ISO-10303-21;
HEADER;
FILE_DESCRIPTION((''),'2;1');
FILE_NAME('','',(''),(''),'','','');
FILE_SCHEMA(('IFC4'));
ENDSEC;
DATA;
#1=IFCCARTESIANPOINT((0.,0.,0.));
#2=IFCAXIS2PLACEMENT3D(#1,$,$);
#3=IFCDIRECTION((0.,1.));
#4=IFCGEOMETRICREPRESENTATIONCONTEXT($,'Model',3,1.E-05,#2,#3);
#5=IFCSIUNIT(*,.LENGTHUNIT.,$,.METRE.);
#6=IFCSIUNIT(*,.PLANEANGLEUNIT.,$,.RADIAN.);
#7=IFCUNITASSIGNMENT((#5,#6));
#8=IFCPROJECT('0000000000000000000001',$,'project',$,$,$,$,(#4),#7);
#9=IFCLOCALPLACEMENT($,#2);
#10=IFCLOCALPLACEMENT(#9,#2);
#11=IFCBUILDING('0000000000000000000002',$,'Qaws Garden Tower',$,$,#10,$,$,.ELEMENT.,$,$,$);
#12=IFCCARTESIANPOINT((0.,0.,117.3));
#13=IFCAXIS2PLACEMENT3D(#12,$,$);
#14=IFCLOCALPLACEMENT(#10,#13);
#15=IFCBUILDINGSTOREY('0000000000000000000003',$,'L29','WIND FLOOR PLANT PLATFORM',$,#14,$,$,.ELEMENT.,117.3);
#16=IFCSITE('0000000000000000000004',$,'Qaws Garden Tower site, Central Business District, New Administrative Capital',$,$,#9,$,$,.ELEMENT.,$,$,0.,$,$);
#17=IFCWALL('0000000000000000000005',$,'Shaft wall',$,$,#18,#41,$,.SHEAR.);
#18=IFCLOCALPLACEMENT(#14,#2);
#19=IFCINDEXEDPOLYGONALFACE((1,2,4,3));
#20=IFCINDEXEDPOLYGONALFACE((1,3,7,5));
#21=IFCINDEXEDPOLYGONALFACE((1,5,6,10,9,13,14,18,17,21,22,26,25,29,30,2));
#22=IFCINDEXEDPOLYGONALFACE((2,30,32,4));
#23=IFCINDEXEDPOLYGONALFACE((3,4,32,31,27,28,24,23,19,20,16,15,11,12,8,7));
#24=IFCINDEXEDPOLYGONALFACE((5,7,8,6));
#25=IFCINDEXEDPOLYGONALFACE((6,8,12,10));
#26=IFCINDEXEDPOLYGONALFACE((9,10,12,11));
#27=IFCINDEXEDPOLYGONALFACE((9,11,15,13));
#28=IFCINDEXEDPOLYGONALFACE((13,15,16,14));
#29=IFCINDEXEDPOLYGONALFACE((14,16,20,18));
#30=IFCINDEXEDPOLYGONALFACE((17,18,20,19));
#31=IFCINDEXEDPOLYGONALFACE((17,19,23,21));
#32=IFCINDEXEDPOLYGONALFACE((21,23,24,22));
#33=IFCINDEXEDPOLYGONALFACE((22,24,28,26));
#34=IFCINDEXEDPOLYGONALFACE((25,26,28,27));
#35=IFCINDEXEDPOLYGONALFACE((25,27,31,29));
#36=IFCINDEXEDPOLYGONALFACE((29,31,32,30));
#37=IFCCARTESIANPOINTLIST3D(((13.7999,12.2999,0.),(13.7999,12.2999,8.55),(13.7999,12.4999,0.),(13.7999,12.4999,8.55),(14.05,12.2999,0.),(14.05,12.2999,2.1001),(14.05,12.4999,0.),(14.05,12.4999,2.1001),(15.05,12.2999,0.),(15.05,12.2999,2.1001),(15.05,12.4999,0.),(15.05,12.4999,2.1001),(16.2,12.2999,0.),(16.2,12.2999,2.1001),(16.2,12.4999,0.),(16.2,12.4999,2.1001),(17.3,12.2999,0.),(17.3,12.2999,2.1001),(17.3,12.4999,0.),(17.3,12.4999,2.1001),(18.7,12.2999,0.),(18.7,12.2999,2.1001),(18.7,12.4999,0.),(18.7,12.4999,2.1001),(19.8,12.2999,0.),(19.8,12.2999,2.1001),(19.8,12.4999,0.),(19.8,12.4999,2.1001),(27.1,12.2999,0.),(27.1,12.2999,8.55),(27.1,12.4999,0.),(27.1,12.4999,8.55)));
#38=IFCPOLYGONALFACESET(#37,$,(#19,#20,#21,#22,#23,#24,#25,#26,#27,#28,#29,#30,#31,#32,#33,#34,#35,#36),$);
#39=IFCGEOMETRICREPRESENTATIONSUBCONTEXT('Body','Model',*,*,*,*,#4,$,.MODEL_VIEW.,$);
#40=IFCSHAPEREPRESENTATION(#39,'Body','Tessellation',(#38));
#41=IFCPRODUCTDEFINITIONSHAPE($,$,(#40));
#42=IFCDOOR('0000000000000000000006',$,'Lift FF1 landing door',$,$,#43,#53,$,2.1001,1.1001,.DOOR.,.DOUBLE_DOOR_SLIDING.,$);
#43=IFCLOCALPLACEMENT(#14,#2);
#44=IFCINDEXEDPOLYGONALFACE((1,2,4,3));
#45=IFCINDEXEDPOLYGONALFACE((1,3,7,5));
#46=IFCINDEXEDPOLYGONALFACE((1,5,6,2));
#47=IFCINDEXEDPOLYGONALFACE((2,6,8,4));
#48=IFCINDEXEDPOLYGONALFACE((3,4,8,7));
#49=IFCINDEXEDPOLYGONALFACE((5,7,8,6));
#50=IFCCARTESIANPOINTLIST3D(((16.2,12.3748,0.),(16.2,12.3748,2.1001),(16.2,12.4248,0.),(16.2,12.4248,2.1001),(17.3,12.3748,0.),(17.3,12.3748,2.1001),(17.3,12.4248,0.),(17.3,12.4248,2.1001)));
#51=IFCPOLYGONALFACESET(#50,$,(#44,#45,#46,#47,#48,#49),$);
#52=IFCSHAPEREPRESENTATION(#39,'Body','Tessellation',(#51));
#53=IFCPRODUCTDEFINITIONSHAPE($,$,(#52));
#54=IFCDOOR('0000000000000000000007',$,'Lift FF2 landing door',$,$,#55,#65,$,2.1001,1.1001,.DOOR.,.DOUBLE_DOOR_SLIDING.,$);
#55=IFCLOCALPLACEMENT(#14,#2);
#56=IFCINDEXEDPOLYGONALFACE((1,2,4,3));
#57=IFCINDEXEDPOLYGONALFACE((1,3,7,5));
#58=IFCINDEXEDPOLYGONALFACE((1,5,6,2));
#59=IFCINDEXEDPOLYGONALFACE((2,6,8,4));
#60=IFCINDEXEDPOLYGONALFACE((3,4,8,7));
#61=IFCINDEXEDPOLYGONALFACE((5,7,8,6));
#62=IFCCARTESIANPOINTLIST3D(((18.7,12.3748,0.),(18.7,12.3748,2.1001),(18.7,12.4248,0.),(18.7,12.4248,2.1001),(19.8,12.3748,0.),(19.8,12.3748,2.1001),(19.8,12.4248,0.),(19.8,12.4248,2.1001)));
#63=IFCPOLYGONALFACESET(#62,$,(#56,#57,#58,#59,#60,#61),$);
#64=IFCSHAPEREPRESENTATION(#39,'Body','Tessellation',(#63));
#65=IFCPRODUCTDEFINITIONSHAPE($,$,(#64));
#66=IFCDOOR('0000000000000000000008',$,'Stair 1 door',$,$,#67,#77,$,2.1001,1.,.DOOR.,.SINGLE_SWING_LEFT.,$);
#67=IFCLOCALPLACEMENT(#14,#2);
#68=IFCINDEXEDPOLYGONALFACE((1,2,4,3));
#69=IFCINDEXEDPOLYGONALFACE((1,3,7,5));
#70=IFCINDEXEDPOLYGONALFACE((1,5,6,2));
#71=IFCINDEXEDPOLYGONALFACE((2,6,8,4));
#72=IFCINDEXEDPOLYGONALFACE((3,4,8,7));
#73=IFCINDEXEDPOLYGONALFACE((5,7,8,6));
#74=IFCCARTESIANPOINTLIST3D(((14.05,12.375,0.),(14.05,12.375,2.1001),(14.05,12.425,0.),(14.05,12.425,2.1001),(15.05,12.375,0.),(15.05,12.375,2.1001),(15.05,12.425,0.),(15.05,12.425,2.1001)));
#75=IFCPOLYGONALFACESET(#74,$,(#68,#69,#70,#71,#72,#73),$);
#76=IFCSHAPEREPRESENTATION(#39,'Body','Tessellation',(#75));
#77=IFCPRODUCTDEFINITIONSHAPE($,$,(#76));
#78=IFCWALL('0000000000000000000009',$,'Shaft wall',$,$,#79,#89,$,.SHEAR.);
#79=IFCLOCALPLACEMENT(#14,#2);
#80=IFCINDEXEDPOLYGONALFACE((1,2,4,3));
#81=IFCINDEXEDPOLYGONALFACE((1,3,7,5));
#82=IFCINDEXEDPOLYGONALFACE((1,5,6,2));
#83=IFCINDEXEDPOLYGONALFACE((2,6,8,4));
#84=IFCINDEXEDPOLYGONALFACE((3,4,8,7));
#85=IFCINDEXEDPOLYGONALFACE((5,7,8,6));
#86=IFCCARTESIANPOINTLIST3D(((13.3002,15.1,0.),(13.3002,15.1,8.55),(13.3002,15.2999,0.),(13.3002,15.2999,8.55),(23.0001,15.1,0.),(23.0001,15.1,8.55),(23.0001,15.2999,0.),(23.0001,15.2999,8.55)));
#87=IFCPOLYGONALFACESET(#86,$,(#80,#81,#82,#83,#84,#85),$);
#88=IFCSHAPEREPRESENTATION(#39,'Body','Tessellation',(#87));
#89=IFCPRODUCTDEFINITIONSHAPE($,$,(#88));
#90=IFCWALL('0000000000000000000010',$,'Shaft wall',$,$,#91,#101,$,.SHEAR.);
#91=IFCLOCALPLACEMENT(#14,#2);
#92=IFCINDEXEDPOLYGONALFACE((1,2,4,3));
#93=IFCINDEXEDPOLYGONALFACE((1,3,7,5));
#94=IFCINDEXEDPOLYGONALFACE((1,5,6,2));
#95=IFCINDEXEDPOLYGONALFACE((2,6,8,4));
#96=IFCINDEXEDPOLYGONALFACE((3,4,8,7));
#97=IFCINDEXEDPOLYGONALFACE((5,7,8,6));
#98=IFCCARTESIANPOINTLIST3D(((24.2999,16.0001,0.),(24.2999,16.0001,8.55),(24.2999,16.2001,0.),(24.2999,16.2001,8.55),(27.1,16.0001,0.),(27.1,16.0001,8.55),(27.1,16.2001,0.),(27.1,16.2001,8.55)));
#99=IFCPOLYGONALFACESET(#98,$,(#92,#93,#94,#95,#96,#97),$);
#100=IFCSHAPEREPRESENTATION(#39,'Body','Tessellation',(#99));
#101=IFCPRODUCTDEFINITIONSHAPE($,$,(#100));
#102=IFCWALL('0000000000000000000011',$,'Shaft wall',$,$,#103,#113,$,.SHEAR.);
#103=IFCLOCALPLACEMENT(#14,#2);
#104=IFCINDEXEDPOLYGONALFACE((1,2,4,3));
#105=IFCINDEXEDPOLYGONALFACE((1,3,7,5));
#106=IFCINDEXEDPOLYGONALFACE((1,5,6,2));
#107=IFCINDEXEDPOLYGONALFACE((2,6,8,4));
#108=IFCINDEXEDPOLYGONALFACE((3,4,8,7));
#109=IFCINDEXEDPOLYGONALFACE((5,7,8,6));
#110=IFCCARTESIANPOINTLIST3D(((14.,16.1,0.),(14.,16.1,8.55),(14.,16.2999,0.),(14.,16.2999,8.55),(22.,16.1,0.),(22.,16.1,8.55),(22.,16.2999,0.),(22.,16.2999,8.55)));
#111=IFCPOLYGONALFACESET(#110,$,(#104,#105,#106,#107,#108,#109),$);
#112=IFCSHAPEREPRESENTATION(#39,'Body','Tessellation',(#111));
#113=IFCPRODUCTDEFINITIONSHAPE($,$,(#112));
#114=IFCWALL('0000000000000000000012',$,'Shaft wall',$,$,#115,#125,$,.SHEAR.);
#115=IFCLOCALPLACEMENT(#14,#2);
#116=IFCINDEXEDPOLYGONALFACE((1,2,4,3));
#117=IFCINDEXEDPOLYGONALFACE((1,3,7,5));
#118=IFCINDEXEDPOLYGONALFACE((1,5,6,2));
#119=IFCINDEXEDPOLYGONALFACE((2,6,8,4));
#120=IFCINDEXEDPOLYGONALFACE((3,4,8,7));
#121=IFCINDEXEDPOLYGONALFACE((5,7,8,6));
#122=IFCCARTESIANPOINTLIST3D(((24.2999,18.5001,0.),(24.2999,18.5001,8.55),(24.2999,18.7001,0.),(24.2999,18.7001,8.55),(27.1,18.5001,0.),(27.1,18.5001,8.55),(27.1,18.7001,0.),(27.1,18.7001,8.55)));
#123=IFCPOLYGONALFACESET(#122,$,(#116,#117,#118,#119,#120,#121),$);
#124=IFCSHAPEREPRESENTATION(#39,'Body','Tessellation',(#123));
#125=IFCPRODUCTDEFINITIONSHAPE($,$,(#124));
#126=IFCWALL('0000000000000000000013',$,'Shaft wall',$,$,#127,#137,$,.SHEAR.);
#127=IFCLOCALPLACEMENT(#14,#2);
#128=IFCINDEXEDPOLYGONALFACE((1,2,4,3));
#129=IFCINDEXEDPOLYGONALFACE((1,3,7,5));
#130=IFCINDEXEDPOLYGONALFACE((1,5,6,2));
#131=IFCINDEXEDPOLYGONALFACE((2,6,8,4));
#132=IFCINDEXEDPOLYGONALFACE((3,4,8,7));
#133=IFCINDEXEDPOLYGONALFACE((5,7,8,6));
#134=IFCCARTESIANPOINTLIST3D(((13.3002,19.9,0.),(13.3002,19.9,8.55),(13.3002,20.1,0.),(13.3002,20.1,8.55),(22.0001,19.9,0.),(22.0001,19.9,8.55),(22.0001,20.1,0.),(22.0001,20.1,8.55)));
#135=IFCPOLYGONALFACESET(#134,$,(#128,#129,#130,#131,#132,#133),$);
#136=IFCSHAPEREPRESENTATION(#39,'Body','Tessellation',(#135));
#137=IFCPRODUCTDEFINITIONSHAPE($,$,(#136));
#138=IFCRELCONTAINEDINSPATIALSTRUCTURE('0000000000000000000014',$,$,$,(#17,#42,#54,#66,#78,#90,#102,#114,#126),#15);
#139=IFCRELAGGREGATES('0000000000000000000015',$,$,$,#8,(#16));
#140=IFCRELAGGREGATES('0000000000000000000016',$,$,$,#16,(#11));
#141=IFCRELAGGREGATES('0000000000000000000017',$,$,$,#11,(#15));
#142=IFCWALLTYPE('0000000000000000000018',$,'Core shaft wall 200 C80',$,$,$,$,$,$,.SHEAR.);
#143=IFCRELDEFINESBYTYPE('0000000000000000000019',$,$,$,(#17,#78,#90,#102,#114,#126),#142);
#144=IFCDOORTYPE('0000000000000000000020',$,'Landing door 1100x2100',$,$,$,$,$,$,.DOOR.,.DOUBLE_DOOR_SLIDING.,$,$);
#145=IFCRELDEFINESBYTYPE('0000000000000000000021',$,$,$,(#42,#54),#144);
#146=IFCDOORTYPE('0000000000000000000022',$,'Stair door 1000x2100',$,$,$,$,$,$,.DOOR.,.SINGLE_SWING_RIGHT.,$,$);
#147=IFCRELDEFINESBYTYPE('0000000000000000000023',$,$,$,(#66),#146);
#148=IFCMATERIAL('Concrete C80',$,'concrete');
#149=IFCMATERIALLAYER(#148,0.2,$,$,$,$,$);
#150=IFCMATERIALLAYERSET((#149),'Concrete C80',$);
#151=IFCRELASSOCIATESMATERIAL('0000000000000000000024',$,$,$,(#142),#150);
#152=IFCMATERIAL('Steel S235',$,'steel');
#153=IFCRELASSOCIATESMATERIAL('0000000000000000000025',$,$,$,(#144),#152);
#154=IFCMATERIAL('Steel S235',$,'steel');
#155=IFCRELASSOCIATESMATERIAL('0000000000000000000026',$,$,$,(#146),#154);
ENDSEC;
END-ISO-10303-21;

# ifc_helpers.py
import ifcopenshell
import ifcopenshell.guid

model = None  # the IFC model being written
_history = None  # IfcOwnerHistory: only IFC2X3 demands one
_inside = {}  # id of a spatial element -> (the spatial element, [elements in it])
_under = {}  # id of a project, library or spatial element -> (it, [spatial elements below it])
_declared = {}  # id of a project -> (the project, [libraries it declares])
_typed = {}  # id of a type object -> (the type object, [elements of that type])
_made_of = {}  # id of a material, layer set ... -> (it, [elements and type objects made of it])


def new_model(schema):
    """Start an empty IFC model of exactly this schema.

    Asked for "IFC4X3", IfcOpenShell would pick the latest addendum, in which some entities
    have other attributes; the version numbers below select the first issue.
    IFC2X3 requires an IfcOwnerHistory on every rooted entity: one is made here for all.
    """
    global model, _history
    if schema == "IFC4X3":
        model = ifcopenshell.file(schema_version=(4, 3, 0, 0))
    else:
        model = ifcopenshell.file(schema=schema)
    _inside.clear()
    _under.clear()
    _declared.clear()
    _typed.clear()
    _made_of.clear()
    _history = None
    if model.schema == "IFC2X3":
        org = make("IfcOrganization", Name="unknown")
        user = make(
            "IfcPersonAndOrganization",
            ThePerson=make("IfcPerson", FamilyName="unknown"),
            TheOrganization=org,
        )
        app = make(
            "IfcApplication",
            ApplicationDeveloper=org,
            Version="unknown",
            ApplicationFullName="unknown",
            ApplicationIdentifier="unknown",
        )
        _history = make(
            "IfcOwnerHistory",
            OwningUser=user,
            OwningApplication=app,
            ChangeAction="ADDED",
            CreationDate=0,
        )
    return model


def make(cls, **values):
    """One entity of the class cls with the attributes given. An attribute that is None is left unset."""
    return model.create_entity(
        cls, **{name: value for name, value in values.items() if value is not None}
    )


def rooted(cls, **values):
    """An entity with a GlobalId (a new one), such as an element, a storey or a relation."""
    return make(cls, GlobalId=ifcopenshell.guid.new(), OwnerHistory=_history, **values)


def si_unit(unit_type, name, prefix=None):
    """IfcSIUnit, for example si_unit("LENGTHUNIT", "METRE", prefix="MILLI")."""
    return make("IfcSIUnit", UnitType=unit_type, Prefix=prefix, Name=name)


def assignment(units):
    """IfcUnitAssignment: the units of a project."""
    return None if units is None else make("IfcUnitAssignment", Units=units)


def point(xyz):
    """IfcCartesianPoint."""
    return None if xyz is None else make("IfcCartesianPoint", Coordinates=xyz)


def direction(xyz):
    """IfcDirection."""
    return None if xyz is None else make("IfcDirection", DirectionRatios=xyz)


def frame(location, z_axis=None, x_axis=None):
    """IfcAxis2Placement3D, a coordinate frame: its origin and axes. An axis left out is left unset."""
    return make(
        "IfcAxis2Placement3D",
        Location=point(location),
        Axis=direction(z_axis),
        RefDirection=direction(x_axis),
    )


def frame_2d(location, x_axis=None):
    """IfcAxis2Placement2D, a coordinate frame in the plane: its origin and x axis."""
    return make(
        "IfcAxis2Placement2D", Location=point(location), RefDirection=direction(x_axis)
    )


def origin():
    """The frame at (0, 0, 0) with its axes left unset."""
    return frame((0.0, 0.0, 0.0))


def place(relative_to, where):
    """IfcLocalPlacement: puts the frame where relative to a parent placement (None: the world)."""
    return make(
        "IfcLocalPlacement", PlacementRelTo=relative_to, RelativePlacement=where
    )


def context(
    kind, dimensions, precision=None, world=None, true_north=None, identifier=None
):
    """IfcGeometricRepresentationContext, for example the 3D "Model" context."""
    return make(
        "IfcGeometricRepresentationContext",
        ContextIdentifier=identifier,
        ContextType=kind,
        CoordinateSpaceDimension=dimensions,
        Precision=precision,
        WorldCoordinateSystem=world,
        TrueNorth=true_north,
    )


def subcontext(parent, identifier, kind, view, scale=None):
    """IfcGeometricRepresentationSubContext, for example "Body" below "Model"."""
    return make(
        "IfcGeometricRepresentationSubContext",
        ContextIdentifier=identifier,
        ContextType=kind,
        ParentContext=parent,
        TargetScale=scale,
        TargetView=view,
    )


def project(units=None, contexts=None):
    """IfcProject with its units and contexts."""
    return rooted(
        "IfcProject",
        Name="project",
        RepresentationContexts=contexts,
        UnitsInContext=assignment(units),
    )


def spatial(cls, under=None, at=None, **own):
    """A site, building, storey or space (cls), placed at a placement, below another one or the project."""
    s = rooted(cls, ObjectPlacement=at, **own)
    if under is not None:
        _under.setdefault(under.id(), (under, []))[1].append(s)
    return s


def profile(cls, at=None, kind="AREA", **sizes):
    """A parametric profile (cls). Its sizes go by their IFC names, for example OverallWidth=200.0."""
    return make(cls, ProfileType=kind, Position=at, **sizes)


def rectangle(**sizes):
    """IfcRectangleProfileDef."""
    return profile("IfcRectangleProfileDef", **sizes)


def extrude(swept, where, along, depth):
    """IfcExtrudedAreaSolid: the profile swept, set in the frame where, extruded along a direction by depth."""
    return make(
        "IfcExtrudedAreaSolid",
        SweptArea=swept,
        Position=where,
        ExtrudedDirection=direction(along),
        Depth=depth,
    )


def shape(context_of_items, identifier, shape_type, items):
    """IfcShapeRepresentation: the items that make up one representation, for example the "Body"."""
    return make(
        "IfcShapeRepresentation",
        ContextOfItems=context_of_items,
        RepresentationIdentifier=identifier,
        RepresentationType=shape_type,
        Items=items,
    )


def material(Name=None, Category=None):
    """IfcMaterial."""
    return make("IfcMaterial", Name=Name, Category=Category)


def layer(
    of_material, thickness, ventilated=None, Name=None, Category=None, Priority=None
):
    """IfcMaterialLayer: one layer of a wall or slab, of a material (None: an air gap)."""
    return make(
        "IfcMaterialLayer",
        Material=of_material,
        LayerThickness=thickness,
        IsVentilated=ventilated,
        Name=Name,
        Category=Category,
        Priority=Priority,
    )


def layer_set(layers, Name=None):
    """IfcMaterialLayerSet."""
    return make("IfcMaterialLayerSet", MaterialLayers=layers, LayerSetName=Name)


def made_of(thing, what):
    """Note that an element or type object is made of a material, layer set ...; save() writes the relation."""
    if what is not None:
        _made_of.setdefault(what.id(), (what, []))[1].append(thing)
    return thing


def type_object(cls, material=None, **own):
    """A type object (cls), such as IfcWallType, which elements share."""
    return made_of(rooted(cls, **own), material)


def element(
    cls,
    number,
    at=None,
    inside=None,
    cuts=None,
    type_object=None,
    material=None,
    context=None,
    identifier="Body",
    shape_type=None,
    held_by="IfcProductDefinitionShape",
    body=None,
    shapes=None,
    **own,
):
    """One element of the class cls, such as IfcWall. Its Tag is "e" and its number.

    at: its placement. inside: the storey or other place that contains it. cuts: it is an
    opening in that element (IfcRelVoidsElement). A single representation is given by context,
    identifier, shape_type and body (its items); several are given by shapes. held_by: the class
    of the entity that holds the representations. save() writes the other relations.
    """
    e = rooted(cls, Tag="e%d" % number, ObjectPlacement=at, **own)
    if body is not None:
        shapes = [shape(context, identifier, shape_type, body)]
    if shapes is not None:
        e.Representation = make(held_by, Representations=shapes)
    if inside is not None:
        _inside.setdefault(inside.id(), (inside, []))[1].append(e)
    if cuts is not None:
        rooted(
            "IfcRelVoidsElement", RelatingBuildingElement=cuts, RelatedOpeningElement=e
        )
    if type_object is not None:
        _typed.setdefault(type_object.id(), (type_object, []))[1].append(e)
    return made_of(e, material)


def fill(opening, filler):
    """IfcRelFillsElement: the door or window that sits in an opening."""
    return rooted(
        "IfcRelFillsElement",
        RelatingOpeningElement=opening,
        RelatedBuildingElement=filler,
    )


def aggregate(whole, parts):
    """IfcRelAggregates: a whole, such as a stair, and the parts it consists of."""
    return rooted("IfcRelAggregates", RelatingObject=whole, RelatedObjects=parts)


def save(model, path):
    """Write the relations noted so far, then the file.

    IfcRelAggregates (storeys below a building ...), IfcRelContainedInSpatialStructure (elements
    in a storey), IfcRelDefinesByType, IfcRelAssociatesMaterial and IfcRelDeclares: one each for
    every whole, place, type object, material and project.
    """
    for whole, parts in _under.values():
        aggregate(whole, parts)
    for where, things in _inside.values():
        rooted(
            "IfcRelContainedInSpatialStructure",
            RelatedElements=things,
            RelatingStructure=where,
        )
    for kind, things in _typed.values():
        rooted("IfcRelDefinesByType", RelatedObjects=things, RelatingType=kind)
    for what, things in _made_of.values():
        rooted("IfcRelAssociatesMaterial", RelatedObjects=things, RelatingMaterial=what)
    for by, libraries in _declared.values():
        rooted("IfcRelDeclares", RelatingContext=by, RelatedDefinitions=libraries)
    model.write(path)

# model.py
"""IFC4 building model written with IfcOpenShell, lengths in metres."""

from ifc_helpers import new_model, si_unit, direction, frame, frame_2d, origin, place, context, subcontext, project, spatial, rectangle, extrude, material, layer, layer_set, type_object, element, fill, save


model = new_model("IFC4")

# Units and contexts
model_context = context("Model", 3, precision=1e-05, world=origin(), true_north=direction((0.0, 1.0)))
body_context = subcontext(model_context, "Body", "Model", "MODEL_VIEW")
ifc_project = project(units=[si_unit("LENGTHUNIT", "METRE"), si_unit("PLANEANGLEUNIT", "RADIAN")], contexts=[model_context])

# Site, building, storey
site_placement = place(None, origin())
site = spatial("IfcSite", under=ifc_project, at=site_placement, Name="Qaws Garden Tower site, Central Business District, New Administrative Capital", CompositionType="ELEMENT", RefElevation=0.0)
building_placement = place(site_placement, origin())
building = spatial("IfcBuilding", under=site, at=building_placement, Name="Qaws Garden Tower", CompositionType="ELEMENT")
storey_placement = place(building_placement, frame((0.0, 0.0, 117.3)))
storey = spatial("IfcBuildingStorey", under=building, at=storey_placement, Name="L29", Description="WIND FLOOR PLANT PLATFORM", CompositionType="ELEMENT", Elevation=117.3)

# Wall, openings, doors
ifc_material_1 = material(Name="Concrete C80", Category="concrete")
ifc_layer = layer(ifc_material_1, 0.2)
ifc_layer_set = layer_set([ifc_layer], Name="Concrete C80")
wall_type = type_object("IfcWallType", Name="Core shaft wall 200 C80", PredefinedType="SHEAR", material=ifc_layer_set)
wall_1_placement = place(storey_placement, frame((13.8, 12.3999, 0.0), z_axis=(0.0, 0.0, 1.0), x_axis=(1.0, 0.0, 0.0)))
wall_1 = element("IfcWall", 1, at=wall_1_placement, inside=storey, type_object=wall_type, Name="Shaft wall", PredefinedType="SHEAR", context=body_context, shape_type="SweptSolid", body=[
    extrude(rectangle(XDim=13.3, YDim=0.2, at=frame_2d((6.6499, 0.0))), origin(), (0.0, 0.0, 1.0), 8.55),
])
opening_1_placement = place(wall_1_placement, frame((2.3999, 0.0, 0.0)))
opening_1 = element("IfcOpeningElement", 2, at=opening_1_placement, cuts=wall_1, PredefinedType="OPENING", context=body_context, shape_type="SweptSolid", body=[
    extrude(rectangle(XDim=1.1001, YDim=2.1001, at=frame_2d((0.55, 1.05))), frame((0.0, 0.1099, 0.0), z_axis=(0.0, -1.0, 0.0), x_axis=(1.0, 0.0, 0.0)), (0.0, 0.0, 1.0), 0.22),
])
opening_2_placement = place(wall_1_placement, frame((4.8999, 0.0, 0.0)))
opening_2 = element("IfcOpeningElement", 3, at=opening_2_placement, cuts=wall_1, PredefinedType="OPENING", context=body_context, shape_type="SweptSolid", body=[
    extrude(rectangle(XDim=1.1001, YDim=2.1001, at=frame_2d((0.55, 1.05))), frame((0.0, 0.1099, 0.0), z_axis=(0.0, -1.0, 0.0), x_axis=(1.0, 0.0, 0.0)), (0.0, 0.0, 1.0), 0.22),
])
opening_3_placement = place(wall_1_placement, frame((0.25, 0.0, 0.0)))
opening_3 = element("IfcOpeningElement", 4, at=opening_3_placement, cuts=wall_1, PredefinedType="OPENING", context=body_context, shape_type="SweptSolid", body=[
    extrude(rectangle(XDim=1.0, YDim=2.1001, at=frame_2d((0.5, 1.05))), frame((0.0, 0.1099, 0.0), z_axis=(0.0, -1.0, 0.0), x_axis=(1.0, 0.0, 0.0)), (0.0, 0.0, 1.0), 0.22),
])
ifc_material_2 = material(Name="Steel S235", Category="steel")
door_type_1 = type_object("IfcDoorType", Name="Landing door 1100x2100", OperationType="DOUBLE_DOOR_SLIDING", PredefinedType="DOOR", material=ifc_material_2)
door_1_placement = place(opening_1_placement, origin())
door_1 = element("IfcDoor", 5, at=door_1_placement, inside=storey, type_object=door_type_1, Name="Lift FF1 landing door", OperationType="DOUBLE_DOOR_SLIDING", OverallHeight=2.1001, OverallWidth=1.1001, PredefinedType="DOOR", context=body_context, shape_type="SweptSolid", body=[
    extrude(rectangle(XDim=1.1001, YDim=2.1001, at=frame_2d((0.55, 1.05))), frame((0.0, 0.0249, 0.0), z_axis=(0.0, -1.0, 0.0), x_axis=(1.0, 0.0, 0.0)), (0.0, 0.0, 1.0), 0.05),
])
fill(opening_1, door_1)
door_2_placement = place(opening_2_placement, origin())
door_2 = element("IfcDoor", 6, at=door_2_placement, inside=storey, type_object=door_type_1, Name="Lift FF2 landing door", OperationType="DOUBLE_DOOR_SLIDING", OverallHeight=2.1001, OverallWidth=1.1001, PredefinedType="DOOR", context=body_context, shape_type="SweptSolid", body=[
    extrude(rectangle(XDim=1.1001, YDim=2.1001, at=frame_2d((0.55, 1.05))), frame((0.0, 0.0249, 0.0), z_axis=(0.0, -1.0, 0.0), x_axis=(1.0, 0.0, 0.0)), (0.0, 0.0, 1.0), 0.05),
])
fill(opening_2, door_2)
ifc_material_3 = material(Name="Steel S235", Category="steel")
door_type_2 = type_object("IfcDoorType", Name="Stair door 1000x2100", OperationType="SINGLE_SWING_RIGHT", PredefinedType="DOOR", material=ifc_material_3)
door_3_placement = place(opening_3_placement, frame((1.0, 0.0, 0.0), z_axis=(0.0, 0.0, 1.0), x_axis=(-1.0, 0.0, 0.0)))
door_3 = element("IfcDoor", 7, at=door_3_placement, inside=storey, type_object=door_type_2, Name="Stair 1 door", OperationType="SINGLE_SWING_LEFT", OverallHeight=2.1001, OverallWidth=1.0, PredefinedType="DOOR", context=body_context, shape_type="SweptSolid", body=[
    extrude(rectangle(XDim=1.0, YDim=2.1001, at=frame_2d((0.5, 1.05))), frame((0.0, 0.0249, 0.0), z_axis=(0.0, -1.0, 0.0), x_axis=(1.0, 0.0, 0.0)), (0.0, 0.0, 1.0), 0.05),
])
fill(opening_3, door_3)

# Walls
wall_2_placement = place(storey_placement, frame((13.3, 15.2, 0.0), z_axis=(0.0, 0.0, 1.0), x_axis=(1.0, 0.0, 0.0)))
element("IfcWall", 8, at=wall_2_placement, inside=storey, type_object=wall_type, Name="Shaft wall", PredefinedType="SHEAR", context=body_context, shape_type="SweptSolid", body=[
    extrude(rectangle(XDim=9.7, YDim=0.2, at=frame_2d((4.8501, 0.0))), origin(), (0.0, 0.0, 1.0), 8.55),
])
wall_3_placement = place(storey_placement, frame((24.3, 16.1001, 0.0), z_axis=(0.0, 0.0, 1.0), x_axis=(1.0, 0.0, 0.0)))
element("IfcWall", 9, at=wall_3_placement, inside=storey, type_object=wall_type, Name="Shaft wall", PredefinedType="SHEAR", context=body_context, shape_type="SweptSolid", body=[
    extrude(rectangle(XDim=2.8, YDim=0.2, at=frame_2d((1.3999, 0.0))), origin(), (0.0, 0.0, 1.0), 8.55),
])
wall_4_placement = place(storey_placement, frame((14.0, 16.2, 0.0), z_axis=(0.0, 0.0, 1.0), x_axis=(1.0, 0.0, 0.0)))
element("IfcWall", 10, at=wall_4_placement, inside=storey, type_object=wall_type, Name="Shaft wall", PredefinedType="SHEAR", context=body_context, shape_type="SweptSolid", body=[
    extrude(rectangle(XDim=8.0, YDim=0.2, at=frame_2d((4.0, 0.0))), origin(), (0.0, 0.0, 1.0), 8.55),
])
wall_5_placement = place(storey_placement, frame((24.3, 18.6001, 0.0), z_axis=(0.0, 0.0, 1.0), x_axis=(1.0, 0.0, 0.0)))
element("IfcWall", 11, at=wall_5_placement, inside=storey, type_object=wall_type, Name="Shaft wall", PredefinedType="SHEAR", context=body_context, shape_type="SweptSolid", body=[
    extrude(rectangle(XDim=2.8, YDim=0.2, at=frame_2d((1.3999, 0.0))), origin(), (0.0, 0.0, 1.0), 8.55),
])
wall_6_placement = place(storey_placement, frame((13.3, 20.0, 0.0), z_axis=(0.0, 0.0, 1.0), x_axis=(1.0, 0.0, 0.0)))
element("IfcWall", 12, at=wall_6_placement, inside=storey, type_object=wall_type, Name="Shaft wall", PredefinedType="SHEAR", context=body_context, shape_type="SweptSolid", body=[
    extrude(rectangle(XDim=8.7, YDim=0.2, at=frame_2d((4.3501, 0.0))), origin(), (0.0, 0.0, 1.0), 8.55),
])

save(model, "model.ifc")
